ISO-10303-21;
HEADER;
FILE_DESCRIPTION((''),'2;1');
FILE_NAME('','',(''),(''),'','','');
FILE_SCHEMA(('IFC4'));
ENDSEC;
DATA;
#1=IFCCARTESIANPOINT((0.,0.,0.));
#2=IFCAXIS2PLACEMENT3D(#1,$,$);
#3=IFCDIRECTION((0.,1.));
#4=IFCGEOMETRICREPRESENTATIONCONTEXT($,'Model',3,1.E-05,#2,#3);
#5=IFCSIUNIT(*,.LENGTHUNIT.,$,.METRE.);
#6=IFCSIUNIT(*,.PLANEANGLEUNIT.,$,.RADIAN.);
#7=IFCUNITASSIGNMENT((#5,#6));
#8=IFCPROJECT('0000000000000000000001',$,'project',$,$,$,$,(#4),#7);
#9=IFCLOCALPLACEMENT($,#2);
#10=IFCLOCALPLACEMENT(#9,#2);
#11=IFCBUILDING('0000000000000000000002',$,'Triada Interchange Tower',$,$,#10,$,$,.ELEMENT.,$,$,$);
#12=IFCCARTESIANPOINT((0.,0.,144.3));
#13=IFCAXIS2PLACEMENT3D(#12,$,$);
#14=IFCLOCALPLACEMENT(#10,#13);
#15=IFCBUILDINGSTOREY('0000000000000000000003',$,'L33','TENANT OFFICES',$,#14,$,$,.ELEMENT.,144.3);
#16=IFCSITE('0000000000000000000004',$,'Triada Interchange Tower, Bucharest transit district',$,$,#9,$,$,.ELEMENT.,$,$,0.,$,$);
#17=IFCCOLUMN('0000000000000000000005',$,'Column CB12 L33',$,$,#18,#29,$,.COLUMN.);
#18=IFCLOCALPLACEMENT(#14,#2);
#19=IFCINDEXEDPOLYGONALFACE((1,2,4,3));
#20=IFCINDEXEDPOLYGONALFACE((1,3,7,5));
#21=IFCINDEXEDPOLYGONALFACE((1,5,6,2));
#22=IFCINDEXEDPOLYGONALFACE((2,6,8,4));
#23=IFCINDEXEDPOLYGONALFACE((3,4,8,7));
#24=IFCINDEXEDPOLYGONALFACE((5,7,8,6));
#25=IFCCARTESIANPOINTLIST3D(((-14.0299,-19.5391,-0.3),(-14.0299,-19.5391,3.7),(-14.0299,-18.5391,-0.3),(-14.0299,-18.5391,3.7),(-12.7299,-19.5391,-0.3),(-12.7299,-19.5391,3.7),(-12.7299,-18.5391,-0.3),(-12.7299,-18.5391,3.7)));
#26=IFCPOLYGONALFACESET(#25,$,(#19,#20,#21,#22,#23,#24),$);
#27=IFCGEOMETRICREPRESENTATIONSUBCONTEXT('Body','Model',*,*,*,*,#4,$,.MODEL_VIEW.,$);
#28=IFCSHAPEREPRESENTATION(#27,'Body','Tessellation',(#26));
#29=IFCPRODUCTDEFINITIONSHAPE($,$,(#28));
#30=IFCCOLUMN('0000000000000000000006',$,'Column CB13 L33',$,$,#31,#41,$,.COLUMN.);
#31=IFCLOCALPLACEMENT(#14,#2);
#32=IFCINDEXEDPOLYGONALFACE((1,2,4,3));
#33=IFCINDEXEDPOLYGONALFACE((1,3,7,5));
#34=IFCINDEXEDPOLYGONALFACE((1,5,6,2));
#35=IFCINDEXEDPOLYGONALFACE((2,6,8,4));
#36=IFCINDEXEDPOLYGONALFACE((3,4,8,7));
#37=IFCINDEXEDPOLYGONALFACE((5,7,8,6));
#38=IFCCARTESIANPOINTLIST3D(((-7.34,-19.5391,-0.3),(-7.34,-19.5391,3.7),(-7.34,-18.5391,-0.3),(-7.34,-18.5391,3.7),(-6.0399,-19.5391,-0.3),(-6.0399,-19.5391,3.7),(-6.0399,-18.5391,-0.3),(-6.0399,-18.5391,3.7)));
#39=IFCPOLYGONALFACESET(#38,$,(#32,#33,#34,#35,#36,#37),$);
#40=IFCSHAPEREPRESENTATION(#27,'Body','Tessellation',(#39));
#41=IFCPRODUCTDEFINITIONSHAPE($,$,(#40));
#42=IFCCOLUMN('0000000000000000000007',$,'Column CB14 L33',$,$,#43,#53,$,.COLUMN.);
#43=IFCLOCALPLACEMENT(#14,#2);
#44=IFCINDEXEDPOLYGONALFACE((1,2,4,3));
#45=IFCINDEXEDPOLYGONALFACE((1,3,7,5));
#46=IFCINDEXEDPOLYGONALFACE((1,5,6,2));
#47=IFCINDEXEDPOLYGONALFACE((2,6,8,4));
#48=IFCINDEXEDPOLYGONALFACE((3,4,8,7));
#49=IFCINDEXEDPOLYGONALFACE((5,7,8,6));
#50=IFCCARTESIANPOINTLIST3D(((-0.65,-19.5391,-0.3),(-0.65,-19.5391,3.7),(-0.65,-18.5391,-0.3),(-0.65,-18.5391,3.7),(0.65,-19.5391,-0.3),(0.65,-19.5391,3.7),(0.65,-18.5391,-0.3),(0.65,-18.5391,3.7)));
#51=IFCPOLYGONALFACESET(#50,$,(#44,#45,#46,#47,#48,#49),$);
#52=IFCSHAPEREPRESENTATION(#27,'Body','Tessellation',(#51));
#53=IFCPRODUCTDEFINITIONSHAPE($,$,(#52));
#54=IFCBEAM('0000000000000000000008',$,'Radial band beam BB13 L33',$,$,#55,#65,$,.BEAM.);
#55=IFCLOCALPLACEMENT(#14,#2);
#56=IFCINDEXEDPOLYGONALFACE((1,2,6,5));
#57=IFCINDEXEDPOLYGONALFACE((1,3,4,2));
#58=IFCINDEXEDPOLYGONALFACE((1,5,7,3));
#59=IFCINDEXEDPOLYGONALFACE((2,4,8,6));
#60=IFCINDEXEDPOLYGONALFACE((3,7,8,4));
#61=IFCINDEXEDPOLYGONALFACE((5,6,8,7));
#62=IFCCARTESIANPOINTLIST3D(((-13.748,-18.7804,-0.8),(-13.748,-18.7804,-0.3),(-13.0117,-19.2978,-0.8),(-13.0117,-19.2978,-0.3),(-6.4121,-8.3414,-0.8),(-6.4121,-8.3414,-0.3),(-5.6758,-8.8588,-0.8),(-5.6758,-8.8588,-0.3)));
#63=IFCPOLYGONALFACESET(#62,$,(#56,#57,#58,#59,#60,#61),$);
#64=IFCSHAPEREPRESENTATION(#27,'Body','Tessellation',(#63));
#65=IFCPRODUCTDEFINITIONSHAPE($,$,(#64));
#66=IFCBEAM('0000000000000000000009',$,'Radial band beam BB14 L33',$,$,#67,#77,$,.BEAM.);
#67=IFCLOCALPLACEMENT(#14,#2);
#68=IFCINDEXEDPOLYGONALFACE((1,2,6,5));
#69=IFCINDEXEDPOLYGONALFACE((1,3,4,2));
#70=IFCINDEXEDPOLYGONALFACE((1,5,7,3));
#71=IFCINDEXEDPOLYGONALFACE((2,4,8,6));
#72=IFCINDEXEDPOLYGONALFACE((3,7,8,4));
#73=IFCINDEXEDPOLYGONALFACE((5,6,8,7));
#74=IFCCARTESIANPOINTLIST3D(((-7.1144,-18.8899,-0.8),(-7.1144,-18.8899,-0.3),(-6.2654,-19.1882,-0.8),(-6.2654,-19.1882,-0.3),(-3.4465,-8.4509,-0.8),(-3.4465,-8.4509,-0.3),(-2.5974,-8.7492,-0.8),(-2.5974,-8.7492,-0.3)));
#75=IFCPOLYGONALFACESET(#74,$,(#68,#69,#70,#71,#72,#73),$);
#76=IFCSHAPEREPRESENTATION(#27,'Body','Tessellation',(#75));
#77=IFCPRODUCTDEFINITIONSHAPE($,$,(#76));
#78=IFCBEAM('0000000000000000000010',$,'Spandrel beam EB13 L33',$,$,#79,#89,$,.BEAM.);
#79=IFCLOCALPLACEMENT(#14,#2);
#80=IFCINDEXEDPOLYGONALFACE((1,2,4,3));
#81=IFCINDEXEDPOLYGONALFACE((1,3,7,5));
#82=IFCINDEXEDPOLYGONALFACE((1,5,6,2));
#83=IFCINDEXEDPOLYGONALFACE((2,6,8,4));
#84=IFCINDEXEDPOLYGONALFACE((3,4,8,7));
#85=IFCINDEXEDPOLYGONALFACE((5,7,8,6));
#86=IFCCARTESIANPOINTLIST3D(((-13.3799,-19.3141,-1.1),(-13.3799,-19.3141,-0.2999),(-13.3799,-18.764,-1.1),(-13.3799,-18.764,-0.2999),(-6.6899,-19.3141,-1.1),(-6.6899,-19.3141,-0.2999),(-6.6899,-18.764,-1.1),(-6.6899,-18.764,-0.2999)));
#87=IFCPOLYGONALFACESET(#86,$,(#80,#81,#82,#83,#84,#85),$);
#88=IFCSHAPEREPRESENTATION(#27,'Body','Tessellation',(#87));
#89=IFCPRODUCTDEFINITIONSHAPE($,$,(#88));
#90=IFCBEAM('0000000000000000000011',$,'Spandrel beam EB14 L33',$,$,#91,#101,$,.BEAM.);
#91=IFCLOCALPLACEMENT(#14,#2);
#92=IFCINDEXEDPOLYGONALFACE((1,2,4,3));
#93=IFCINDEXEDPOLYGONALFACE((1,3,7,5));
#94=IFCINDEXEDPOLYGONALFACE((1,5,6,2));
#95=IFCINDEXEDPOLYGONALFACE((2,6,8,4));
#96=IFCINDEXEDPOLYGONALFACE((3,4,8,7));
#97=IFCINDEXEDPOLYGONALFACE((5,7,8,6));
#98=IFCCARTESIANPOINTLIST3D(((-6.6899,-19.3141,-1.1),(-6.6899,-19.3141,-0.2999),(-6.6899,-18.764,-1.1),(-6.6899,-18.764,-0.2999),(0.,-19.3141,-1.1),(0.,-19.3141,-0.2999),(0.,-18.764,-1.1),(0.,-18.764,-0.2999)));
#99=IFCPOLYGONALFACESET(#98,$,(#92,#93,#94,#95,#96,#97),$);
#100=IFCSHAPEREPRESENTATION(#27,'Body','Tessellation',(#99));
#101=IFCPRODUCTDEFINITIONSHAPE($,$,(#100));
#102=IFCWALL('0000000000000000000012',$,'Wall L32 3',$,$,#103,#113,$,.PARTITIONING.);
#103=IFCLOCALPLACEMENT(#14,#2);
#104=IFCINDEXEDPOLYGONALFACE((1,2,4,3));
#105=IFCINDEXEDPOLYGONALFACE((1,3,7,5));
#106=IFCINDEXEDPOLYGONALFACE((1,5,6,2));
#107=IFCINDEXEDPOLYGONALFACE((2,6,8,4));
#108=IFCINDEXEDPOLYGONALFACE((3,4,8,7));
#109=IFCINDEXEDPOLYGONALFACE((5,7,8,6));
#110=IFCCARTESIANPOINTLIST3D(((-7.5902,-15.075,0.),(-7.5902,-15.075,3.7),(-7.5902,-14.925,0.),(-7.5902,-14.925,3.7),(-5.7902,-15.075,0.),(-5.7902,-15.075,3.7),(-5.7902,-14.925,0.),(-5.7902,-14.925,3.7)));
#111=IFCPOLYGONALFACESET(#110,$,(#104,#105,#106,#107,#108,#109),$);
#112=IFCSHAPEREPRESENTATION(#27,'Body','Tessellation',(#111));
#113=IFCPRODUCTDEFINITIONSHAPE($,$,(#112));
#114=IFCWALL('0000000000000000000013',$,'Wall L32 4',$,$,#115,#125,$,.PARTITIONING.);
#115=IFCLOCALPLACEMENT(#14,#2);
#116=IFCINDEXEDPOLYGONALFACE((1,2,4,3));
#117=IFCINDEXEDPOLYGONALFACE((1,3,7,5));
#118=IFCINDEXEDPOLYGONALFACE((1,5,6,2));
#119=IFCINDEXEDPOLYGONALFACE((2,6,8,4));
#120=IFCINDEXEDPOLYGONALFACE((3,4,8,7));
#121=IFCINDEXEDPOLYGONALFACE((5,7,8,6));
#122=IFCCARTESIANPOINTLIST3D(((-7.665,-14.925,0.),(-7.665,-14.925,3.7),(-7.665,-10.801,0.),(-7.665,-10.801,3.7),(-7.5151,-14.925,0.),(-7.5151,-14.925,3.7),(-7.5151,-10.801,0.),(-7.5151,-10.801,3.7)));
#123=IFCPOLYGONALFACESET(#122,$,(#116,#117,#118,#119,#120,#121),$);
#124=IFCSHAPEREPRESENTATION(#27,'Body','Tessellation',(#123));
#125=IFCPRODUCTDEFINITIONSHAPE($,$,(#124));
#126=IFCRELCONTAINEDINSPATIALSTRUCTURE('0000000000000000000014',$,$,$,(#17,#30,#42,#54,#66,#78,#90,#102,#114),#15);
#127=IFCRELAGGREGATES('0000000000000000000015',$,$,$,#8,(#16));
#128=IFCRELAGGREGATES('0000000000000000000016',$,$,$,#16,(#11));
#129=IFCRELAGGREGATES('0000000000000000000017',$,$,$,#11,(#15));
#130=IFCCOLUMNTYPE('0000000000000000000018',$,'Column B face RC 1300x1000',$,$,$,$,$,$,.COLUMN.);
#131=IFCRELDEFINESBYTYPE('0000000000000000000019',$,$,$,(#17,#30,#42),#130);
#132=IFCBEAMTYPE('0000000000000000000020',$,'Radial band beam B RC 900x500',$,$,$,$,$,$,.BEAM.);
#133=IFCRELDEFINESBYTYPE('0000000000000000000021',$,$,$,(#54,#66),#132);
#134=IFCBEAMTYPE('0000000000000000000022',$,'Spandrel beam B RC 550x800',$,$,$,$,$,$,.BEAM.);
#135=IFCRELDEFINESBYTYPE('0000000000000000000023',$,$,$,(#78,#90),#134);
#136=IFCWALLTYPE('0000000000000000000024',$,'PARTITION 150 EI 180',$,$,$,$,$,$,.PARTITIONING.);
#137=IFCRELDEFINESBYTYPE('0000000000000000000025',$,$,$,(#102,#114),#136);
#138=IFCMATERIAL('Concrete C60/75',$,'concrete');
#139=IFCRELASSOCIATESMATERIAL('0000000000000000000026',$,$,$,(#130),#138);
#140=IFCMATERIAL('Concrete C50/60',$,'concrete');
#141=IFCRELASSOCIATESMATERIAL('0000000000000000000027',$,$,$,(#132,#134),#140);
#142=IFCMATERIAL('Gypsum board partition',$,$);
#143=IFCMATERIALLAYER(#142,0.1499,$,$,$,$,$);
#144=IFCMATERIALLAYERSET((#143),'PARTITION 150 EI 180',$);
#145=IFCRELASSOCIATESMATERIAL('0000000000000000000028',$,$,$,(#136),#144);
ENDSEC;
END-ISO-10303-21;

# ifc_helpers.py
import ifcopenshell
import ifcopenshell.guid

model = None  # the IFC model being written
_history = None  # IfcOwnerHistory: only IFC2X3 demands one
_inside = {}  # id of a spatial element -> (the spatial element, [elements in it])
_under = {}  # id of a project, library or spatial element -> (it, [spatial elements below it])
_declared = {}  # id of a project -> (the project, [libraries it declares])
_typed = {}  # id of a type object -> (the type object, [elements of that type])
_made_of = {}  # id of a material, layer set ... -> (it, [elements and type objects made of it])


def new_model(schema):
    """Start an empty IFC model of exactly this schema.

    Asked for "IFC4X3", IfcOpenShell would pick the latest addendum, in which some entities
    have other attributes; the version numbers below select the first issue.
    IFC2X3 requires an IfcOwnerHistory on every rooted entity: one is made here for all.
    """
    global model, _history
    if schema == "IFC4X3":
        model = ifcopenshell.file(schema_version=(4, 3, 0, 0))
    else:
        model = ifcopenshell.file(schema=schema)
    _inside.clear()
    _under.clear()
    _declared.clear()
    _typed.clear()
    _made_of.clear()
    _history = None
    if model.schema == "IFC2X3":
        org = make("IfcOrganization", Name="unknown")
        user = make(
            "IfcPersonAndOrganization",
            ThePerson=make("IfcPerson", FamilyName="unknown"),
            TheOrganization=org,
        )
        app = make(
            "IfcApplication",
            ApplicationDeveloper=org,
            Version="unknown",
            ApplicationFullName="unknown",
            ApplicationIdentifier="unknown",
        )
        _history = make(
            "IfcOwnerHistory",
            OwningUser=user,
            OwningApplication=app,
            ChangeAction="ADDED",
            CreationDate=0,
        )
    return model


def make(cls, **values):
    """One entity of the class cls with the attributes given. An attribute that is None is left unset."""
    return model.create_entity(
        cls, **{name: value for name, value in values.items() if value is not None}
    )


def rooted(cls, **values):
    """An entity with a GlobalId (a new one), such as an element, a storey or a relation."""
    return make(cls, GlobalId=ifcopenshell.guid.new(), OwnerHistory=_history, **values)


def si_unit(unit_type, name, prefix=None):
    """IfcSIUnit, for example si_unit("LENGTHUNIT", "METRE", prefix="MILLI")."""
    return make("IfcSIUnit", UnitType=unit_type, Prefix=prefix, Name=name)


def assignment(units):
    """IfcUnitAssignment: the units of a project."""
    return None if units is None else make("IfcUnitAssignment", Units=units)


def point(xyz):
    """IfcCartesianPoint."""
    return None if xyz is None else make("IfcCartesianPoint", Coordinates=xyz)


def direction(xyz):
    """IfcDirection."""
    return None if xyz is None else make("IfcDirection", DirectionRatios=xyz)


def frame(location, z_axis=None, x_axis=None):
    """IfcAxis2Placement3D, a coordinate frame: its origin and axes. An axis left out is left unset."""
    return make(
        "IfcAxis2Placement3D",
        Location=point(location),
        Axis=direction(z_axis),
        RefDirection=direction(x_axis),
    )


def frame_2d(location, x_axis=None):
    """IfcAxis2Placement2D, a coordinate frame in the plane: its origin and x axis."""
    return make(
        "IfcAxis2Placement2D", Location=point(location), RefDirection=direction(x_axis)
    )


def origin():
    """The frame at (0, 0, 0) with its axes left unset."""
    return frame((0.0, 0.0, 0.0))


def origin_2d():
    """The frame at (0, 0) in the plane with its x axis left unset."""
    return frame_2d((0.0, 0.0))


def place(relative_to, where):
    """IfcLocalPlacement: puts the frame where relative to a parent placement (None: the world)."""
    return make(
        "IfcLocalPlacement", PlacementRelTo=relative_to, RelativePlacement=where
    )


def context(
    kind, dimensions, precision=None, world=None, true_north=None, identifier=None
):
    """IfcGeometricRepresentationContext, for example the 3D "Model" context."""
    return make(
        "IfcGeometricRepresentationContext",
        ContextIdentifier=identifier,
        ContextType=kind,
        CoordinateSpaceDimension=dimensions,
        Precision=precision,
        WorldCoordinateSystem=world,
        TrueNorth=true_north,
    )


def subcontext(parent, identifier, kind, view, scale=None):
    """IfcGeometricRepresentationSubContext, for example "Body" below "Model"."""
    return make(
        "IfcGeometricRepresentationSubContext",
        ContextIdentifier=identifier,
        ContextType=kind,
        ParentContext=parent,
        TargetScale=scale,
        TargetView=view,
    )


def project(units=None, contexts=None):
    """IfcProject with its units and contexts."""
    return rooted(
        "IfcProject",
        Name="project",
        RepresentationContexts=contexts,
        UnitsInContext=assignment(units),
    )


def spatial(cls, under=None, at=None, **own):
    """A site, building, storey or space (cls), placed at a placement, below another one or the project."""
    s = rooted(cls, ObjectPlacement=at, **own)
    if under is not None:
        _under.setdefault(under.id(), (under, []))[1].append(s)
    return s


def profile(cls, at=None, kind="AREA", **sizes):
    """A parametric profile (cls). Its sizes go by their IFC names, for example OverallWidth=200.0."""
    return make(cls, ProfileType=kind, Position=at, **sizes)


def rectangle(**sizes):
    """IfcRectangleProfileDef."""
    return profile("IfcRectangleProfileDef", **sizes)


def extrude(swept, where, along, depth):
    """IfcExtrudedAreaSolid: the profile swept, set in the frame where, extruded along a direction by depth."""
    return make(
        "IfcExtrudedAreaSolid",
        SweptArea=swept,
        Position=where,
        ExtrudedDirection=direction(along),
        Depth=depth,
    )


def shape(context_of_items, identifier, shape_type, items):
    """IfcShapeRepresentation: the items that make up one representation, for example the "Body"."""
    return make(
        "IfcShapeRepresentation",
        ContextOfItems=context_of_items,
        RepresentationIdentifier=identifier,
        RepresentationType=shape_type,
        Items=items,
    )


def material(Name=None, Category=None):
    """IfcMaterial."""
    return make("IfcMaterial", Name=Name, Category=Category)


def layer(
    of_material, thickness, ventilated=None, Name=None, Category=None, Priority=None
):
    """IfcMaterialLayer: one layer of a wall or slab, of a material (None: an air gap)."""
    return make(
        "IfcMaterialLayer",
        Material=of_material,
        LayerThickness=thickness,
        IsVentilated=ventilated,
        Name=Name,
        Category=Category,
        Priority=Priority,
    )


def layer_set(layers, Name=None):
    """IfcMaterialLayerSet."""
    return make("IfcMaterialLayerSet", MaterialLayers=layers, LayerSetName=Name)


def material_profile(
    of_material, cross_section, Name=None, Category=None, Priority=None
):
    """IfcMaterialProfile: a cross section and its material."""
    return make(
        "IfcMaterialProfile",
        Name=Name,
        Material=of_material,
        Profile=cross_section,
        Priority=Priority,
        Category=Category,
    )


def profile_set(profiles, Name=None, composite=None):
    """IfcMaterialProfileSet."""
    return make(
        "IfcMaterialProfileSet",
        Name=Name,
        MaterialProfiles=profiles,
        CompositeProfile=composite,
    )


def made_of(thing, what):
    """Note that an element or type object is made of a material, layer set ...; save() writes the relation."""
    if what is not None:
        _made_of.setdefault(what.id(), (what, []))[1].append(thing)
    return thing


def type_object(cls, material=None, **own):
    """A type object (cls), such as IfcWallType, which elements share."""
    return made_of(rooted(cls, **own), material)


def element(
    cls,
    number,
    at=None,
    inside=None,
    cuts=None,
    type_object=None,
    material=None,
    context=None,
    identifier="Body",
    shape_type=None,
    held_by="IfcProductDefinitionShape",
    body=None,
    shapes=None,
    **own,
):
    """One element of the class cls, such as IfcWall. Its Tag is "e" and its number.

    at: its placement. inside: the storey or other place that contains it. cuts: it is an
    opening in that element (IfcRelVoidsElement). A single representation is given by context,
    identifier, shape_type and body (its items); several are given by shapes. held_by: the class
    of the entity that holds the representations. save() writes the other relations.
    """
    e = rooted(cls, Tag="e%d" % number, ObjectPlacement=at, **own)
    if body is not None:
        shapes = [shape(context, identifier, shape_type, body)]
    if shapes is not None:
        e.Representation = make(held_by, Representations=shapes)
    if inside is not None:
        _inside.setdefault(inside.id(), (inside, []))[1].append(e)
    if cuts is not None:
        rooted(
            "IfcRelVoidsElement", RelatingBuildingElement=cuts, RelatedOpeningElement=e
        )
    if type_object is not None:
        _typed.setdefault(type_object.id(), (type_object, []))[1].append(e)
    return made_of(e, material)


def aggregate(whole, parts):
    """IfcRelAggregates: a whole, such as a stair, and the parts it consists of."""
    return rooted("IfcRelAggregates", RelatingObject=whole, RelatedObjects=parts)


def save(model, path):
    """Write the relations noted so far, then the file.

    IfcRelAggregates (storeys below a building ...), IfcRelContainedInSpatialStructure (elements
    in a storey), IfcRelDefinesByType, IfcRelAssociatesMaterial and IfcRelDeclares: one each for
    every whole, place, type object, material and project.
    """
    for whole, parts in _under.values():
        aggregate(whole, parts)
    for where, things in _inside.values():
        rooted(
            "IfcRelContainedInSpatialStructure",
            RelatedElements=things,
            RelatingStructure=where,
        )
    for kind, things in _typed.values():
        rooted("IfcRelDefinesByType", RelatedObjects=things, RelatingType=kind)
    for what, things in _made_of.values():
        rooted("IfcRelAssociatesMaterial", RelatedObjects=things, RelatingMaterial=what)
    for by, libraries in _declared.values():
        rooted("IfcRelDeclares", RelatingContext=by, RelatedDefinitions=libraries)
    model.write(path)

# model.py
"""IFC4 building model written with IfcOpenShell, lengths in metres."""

from ifc_helpers import new_model, si_unit, direction, frame, frame_2d, origin, origin_2d, place, context, subcontext, project, spatial, rectangle, extrude, material, layer, layer_set, material_profile, profile_set, type_object, element, save


model = new_model("IFC4")

# Units and contexts
model_context = context("Model", 3, precision=1e-05, world=origin(), true_north=direction((0.0, 1.0)))
body_context = subcontext(model_context, "Body", "Model", "MODEL_VIEW")
ifc_project = project(units=[si_unit("LENGTHUNIT", "METRE"), si_unit("PLANEANGLEUNIT", "RADIAN")], contexts=[model_context])

# Site, building, storey
site_placement = place(None, origin())
site = spatial("IfcSite", under=ifc_project, at=site_placement, Name="Triada Interchange Tower, Bucharest transit district", CompositionType="ELEMENT", RefElevation=0.0)
building_placement = place(site_placement, origin())
building = spatial("IfcBuilding", under=site, at=building_placement, Name="Triada Interchange Tower", CompositionType="ELEMENT")
storey_placement = place(building_placement, frame((0.0, 0.0, 144.3)))
storey = spatial("IfcBuildingStorey", under=building, at=storey_placement, Name="L33", Description="TENANT OFFICES", CompositionType="ELEMENT", Elevation=144.3)

# Columns
ifc_material_1 = material(Name="Concrete C60/75", Category="concrete")
ifc_material_profile_1 = material_profile(ifc_material_1, rectangle(XDim=1.3, YDim=1.0, at=origin_2d()), Name="RC 1300x1000")
ifc_profile_set_1 = profile_set([ifc_material_profile_1], Name="Concrete C60/75")
column_type = type_object("IfcColumnType", Name="Column B face RC 1300x1000", PredefinedType="COLUMN", material=ifc_profile_set_1)
for number, where, z_axis, x_axis, name in (
    (1, (-13.3799, -19.0391, -0.3), (0.0, 0.0, 1.0), (1.0, 0.0, 0.0), "Column CB12 L33"),
    (2, (-6.6899, -19.0391, -0.3), (0.0, 0.0, 1.0), (1.0, 0.0, 0.0), "Column CB13 L33"),
    (3, (0.0, -19.0391, -0.3), (0.0, 0.0, 1.0), (1.0, 0.0, 0.0), "Column CB14 L33"),
):
    element("IfcColumn", number, at=place(storey_placement, frame(where, z_axis=z_axis, x_axis=x_axis)), inside=storey, type_object=column_type, Name=name, PredefinedType="COLUMN", context=body_context, shape_type="SweptSolid", body=[
        extrude(rectangle(XDim=1.3, YDim=1.0, at=origin_2d()), origin(), (0.0, 0.0, 1.0), 4.0),
    ])

# Beams
ifc_material_2 = material(Name="Concrete C50/60", Category="concrete")
ifc_material_profile_2 = material_profile(ifc_material_2, rectangle(XDim=0.8999, YDim=0.5, at=origin_2d()), Name="RC 900x500")
ifc_profile_set_2 = profile_set([ifc_material_profile_2], Name="Concrete C50/60")
beam_type_1 = type_object("IfcBeamType", Name="Radial band beam B RC 900x500", PredefinedType="BEAM", material=ifc_profile_set_2)
beam_1_placement = place(storey_placement, frame((-13.3799, -19.0391, -0.55), z_axis=(0.574969, 0.818175, 0.0), x_axis=(-0.818175, 0.574969, 0.0)))
element("IfcBeam", 4, at=beam_1_placement, inside=storey, type_object=beam_type_1, Name="Radial band beam BB13 L33", PredefinedType="BEAM", context=body_context, shape_type="SweptSolid", body=[
    extrude(rectangle(XDim=0.8999, YDim=0.5, at=origin_2d()), origin(), (0.0, 0.0, 1.0), 12.7588),
])
beam_2_placement = place(storey_placement, frame((-6.6899, -19.0391, -0.55), z_axis=(0.331504, 0.943454, 0.0), x_axis=(-0.943454, 0.331504, 0.0)))
element("IfcBeam", 5, at=beam_2_placement, inside=storey, type_object=beam_type_1, Name="Radial band beam BB14 L33", PredefinedType="BEAM", context=body_context, shape_type="SweptSolid", body=[
    extrude(rectangle(XDim=0.8999, YDim=0.5, at=origin_2d()), origin(), (0.0, 0.0, 1.0), 11.0647),
])
ifc_material_profile_3 = material_profile(ifc_material_2, rectangle(XDim=0.55, YDim=0.8, at=origin_2d()), Name="RC 550x800")
ifc_profile_set_3 = profile_set([ifc_material_profile_3], Name="Concrete C50/60")
beam_type_2 = type_object("IfcBeamType", Name="Spandrel beam B RC 550x800", PredefinedType="BEAM", material=ifc_profile_set_3)
for number, where, z_axis, x_axis, name in (
    (6, (-13.3799, -19.0391, -0.7), (1.0, 0.0, 0.0), (0.0, 1.0, 0.0), "Spandrel beam EB13 L33"),
    (7, (-6.6899, -19.0391, -0.7), (1.0, 0.0, 0.0), (0.0, 1.0, 0.0), "Spandrel beam EB14 L33"),
):
    element("IfcBeam", number, at=place(storey_placement, frame(where, z_axis=z_axis, x_axis=x_axis)), inside=storey, type_object=beam_type_2, Name=name, PredefinedType="BEAM", context=body_context, shape_type="SweptSolid", body=[
        extrude(rectangle(XDim=0.55, YDim=0.8, at=origin_2d()), origin(), (0.0, 0.0, 1.0), 6.6899),
    ])

# Walls
ifc_material_3 = material(Name="Gypsum board partition")
ifc_layer_1 = layer(ifc_material_3, 0.1499)
ifc_layer_set_1 = layer_set([ifc_layer_1], Name="PARTITION 150 EI 180")
wall_type = type_object("IfcWallType", Name="PARTITION 150 EI 180", PredefinedType="PARTITIONING", material=ifc_layer_set_1)
wall_1_placement = place(storey_placement, frame((-7.5901, -15.0, 0.0), z_axis=(0.0, 0.0, 1.0), x_axis=(1.0, 0.0, 0.0)))
element("IfcWall", 8, at=wall_1_placement, inside=storey, type_object=wall_type, Name="Wall L32 3", PredefinedType="PARTITIONING", context=body_context, shape_type="SweptSolid", body=[
    extrude(rectangle(XDim=1.8, YDim=0.1499, at=frame_2d((0.8999, 0.0))), origin(), (0.0, 0.0, 1.0), 3.7),
])
wall_2_placement = place(storey_placement, frame((-7.5901, -14.925, 0.0), z_axis=(0.0, 0.0, 1.0), x_axis=(0.0, 1.0, 0.0)))
element("IfcWall", 9, at=wall_2_placement, inside=storey, type_object=wall_type, Name="Wall L32 4", PredefinedType="PARTITIONING", context=body_context, shape_type="SweptSolid", body=[
    extrude(rectangle(XDim=4.124, YDim=0.1499, at=frame_2d((2.062, 0.0))), origin(), (0.0, 0.0, 1.0), 3.7),
])

save(model, "model.ifc")
